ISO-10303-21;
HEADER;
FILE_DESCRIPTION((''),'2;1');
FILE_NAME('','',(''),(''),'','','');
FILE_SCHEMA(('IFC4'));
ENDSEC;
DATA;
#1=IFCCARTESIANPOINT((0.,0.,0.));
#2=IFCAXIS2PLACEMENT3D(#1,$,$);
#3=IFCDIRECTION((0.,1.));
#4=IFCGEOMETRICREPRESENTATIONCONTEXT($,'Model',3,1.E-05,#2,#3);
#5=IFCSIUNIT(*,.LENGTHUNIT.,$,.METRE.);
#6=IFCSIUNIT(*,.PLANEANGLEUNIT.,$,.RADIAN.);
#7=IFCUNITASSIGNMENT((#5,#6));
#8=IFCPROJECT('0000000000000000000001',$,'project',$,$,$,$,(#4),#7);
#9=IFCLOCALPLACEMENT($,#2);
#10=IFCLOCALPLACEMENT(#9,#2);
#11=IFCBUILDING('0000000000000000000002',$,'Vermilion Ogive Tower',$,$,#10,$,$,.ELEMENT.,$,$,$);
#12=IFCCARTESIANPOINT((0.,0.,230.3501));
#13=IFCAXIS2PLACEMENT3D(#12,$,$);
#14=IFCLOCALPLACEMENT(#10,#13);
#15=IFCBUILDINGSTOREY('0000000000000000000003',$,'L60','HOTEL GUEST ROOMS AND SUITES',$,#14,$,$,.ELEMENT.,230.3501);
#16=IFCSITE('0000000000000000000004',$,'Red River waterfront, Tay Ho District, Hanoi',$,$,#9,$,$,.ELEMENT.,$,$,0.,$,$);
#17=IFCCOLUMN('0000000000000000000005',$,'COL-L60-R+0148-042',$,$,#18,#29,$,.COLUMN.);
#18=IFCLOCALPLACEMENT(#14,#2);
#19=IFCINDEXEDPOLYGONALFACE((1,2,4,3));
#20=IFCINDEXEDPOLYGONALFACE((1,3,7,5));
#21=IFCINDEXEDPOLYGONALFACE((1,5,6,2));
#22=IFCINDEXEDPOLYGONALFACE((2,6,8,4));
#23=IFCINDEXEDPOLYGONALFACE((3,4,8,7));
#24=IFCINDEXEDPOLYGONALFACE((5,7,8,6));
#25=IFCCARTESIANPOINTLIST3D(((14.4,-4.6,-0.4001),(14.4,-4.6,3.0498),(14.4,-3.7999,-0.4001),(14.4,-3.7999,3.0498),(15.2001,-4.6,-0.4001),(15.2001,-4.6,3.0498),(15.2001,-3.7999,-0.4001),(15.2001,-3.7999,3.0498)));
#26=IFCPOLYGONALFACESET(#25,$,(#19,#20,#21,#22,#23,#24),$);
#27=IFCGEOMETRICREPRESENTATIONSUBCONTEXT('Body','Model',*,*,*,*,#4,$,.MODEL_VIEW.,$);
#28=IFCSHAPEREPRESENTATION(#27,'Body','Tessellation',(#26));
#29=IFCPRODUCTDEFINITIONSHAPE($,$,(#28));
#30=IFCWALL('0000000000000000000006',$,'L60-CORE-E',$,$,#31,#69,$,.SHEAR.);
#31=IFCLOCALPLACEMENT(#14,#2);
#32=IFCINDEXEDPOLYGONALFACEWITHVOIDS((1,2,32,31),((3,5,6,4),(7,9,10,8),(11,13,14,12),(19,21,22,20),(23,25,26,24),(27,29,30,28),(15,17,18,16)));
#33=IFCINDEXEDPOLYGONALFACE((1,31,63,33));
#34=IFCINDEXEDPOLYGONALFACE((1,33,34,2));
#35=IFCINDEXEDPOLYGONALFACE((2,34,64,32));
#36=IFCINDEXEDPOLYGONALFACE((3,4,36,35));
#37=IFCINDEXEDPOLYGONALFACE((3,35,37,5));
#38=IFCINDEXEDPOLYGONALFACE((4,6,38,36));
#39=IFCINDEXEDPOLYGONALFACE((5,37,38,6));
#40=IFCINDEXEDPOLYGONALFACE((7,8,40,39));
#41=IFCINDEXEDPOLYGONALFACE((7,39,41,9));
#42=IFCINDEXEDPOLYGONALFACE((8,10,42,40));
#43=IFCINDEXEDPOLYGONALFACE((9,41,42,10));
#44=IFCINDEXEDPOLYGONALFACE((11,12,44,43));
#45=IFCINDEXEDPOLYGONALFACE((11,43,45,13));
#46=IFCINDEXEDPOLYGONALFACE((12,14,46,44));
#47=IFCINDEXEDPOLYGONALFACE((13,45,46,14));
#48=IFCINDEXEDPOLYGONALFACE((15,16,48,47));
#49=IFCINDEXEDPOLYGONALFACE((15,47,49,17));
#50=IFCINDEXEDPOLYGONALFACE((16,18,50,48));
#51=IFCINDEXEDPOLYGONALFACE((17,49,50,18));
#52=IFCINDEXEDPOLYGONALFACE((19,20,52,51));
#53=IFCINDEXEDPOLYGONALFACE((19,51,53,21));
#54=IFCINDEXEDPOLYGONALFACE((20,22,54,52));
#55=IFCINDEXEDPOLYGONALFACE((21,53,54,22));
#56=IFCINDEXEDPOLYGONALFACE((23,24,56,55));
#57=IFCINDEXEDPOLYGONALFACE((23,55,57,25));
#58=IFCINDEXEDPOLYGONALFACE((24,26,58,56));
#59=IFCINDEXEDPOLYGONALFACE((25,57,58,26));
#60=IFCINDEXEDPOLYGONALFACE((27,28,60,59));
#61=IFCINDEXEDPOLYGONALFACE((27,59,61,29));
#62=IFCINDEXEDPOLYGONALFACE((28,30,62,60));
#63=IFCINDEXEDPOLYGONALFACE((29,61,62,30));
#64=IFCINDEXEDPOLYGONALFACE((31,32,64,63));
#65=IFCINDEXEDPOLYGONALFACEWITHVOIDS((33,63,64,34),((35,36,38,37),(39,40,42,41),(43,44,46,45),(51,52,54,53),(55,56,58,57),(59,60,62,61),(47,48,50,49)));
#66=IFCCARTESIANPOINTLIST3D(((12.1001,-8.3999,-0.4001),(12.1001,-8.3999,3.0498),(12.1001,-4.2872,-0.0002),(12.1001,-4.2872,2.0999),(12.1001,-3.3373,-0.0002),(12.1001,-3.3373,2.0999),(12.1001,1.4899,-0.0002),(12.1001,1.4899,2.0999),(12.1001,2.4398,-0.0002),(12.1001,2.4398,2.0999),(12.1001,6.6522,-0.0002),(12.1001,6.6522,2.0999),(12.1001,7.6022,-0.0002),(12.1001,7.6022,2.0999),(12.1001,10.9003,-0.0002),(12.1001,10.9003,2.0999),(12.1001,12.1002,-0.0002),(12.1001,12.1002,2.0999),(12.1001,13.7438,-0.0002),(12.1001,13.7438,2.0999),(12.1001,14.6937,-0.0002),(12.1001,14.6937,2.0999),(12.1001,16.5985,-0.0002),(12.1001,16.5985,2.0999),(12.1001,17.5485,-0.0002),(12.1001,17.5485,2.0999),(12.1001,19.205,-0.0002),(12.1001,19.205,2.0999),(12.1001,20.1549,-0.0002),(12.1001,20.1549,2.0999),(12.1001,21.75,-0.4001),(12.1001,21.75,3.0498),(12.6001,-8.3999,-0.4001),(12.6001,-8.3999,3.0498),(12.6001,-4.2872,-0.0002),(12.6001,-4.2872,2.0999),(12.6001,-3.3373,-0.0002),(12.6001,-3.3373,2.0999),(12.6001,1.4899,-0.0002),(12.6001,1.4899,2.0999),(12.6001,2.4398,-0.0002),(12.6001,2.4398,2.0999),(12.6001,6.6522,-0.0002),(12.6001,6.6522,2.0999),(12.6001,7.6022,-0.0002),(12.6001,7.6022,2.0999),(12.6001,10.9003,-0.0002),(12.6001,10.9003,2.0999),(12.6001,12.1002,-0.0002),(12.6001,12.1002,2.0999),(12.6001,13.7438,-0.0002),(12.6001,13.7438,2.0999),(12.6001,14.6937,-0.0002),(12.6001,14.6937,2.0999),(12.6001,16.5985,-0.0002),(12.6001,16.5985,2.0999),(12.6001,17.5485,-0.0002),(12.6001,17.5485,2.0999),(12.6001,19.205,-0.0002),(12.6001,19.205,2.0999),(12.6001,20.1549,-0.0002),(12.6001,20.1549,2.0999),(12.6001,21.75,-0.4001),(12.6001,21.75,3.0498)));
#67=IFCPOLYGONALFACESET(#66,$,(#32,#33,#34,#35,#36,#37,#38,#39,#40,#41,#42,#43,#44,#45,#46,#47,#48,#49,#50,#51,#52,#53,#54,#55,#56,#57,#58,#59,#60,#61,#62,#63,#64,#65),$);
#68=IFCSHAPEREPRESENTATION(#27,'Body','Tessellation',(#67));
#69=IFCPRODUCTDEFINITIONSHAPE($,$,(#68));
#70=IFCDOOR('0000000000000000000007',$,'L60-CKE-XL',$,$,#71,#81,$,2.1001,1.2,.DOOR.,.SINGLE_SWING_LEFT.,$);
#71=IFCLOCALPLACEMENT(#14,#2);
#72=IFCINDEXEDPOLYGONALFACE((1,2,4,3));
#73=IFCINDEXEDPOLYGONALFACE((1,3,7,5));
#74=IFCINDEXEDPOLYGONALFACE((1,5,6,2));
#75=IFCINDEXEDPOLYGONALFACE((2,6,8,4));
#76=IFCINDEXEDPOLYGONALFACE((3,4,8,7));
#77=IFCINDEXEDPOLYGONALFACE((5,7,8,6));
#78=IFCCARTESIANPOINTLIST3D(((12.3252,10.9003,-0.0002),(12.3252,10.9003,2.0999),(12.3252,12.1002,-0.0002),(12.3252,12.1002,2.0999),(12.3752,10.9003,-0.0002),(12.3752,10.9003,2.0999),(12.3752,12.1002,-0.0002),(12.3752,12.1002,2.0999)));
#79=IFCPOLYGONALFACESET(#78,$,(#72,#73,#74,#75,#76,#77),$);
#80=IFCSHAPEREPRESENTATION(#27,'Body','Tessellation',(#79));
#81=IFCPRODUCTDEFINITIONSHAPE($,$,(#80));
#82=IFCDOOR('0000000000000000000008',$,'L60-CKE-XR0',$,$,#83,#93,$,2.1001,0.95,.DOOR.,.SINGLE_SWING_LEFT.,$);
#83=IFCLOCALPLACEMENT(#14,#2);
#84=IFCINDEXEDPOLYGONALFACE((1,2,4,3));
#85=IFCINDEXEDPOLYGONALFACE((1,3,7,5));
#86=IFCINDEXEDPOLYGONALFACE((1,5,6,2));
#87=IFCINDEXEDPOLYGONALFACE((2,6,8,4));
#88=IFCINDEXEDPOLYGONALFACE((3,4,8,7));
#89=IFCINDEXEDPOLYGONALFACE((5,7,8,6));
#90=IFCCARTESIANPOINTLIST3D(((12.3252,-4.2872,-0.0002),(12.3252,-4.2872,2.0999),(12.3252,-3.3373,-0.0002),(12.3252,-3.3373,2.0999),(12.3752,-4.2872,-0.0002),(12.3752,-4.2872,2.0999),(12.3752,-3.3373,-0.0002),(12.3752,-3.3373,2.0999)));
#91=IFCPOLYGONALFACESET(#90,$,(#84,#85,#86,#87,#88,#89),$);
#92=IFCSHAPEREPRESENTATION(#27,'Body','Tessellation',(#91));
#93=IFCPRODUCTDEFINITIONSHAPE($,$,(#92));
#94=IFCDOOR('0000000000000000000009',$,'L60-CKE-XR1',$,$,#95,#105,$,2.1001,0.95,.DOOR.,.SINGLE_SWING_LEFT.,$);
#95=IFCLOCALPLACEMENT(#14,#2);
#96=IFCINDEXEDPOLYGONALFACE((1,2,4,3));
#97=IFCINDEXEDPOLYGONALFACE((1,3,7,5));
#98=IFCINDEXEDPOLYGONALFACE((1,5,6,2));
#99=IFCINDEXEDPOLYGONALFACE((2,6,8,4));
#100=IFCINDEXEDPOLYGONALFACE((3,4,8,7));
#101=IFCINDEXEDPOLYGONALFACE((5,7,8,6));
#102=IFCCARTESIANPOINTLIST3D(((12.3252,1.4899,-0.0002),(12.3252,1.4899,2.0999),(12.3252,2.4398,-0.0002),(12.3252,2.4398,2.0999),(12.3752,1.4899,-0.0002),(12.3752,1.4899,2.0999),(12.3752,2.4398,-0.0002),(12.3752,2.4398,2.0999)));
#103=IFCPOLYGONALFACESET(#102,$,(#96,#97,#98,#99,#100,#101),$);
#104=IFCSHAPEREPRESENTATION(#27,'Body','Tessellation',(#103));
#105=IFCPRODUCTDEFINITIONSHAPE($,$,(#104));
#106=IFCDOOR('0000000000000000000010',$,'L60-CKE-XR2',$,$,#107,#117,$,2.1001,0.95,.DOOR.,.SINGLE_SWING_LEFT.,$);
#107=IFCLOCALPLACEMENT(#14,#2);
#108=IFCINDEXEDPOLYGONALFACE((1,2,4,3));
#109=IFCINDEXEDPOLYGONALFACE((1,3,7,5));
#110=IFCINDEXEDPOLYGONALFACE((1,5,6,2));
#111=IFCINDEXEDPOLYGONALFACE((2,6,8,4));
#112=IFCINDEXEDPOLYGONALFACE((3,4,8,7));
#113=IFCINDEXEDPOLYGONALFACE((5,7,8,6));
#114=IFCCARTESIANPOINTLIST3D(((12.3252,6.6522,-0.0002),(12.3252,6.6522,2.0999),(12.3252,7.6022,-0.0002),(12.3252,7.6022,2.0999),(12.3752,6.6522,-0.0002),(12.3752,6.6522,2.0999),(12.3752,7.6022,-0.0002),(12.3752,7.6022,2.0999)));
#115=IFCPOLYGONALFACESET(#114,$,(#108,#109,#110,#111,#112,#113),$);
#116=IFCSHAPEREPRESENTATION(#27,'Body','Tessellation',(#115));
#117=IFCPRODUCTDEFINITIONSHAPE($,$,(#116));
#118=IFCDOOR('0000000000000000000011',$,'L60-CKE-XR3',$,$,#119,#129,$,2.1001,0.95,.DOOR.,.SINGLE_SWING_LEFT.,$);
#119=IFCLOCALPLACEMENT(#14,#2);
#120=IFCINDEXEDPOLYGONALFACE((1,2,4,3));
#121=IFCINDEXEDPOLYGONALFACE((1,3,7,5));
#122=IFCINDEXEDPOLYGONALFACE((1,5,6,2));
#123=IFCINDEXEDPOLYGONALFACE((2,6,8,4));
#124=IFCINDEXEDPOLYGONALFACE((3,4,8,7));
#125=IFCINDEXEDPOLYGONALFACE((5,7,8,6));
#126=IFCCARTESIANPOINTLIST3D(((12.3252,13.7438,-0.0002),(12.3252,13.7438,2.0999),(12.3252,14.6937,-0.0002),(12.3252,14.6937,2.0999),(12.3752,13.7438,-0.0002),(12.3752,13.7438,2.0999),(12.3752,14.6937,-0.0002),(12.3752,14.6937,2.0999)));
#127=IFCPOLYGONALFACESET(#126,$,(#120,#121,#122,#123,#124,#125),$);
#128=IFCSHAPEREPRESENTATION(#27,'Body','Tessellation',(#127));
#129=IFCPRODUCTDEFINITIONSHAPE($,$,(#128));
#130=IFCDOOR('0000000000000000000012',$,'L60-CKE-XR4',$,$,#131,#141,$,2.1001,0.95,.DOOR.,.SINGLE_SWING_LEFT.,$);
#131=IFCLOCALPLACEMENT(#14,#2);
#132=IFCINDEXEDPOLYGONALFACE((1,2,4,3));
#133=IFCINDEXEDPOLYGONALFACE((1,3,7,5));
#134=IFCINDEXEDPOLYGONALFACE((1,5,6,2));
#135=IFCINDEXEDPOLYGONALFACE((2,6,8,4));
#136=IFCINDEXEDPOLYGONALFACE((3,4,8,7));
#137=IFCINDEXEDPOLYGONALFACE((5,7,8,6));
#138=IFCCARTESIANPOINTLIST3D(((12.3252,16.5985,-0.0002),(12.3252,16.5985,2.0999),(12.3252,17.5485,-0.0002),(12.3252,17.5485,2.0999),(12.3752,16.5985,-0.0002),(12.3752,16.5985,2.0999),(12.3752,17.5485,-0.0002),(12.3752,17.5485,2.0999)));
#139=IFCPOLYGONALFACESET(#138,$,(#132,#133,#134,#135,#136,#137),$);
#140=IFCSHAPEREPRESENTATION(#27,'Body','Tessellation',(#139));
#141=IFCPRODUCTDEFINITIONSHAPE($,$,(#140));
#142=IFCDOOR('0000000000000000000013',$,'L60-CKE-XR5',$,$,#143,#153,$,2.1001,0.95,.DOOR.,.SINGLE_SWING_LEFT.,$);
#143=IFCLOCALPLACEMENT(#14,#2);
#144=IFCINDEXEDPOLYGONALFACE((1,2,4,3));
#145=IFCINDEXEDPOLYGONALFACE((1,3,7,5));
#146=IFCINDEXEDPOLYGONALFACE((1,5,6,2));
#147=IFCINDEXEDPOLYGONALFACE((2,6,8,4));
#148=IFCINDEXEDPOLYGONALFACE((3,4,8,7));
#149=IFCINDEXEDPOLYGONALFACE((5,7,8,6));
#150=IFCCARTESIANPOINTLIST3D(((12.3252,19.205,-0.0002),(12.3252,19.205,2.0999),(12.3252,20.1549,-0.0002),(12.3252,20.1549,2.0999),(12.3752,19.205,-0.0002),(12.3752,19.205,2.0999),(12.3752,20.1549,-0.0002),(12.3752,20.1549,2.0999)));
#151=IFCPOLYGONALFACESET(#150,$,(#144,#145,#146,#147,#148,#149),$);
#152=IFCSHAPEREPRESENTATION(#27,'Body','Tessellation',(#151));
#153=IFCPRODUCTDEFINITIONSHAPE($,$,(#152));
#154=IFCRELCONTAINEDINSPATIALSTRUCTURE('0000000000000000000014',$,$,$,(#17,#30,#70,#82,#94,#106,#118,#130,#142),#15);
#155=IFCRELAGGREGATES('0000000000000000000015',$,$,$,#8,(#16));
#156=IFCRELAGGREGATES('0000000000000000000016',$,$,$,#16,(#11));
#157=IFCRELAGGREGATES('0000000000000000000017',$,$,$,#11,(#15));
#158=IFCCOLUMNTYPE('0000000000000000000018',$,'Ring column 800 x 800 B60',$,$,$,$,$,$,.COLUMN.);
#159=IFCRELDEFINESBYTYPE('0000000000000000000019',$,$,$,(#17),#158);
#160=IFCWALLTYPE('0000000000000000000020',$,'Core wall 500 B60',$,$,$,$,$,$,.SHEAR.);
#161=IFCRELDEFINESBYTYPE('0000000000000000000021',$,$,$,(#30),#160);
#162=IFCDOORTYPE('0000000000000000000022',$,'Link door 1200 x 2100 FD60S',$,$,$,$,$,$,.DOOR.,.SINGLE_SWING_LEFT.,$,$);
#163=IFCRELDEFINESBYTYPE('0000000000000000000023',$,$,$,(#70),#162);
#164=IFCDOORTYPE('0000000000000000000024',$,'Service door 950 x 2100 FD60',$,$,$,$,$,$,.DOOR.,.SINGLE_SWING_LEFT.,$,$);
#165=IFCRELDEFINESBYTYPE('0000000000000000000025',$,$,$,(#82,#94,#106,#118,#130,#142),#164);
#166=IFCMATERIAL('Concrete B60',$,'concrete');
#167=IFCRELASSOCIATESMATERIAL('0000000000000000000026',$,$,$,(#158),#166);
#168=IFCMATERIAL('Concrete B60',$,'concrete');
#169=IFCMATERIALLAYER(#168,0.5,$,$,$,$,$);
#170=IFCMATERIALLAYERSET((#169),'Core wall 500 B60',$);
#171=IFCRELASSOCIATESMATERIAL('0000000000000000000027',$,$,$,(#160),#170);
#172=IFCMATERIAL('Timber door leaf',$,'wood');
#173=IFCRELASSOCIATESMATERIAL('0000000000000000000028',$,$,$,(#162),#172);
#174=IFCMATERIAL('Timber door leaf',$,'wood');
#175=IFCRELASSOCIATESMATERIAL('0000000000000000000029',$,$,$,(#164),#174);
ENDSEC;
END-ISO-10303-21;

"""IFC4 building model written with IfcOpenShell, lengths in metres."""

from ifc_helpers import new_model, si_unit, direction, frame, frame_2d, origin, origin_2d, place, context, subcontext, project, spatial, rectangle, extrude, material, layer, layer_set, material_profile, profile_set, type_object, element, fill, save


model = new_model("IFC4")

# Units and contexts
model_context = context("Model", 3, precision=1e-05, world=origin(), true_north=direction((0.0, 1.0)))
body_context = subcontext(model_context, "Body", "Model", "MODEL_VIEW")
ifc_project = project(units=[si_unit("LENGTHUNIT", "METRE"), si_unit("PLANEANGLEUNIT", "RADIAN")], contexts=[model_context])

# Site, building, storey
site_placement = place(None, origin())
site = spatial("IfcSite", under=ifc_project, at=site_placement, Name="Red River waterfront, Tay Ho District, Hanoi", CompositionType="ELEMENT", RefElevation=0.0)
building_placement = place(site_placement, origin())
building = spatial("IfcBuilding", under=site, at=building_placement, Name="Vermilion Ogive Tower", CompositionType="ELEMENT")
storey_placement = place(building_placement, frame((0.0, 0.0, 230.3501)))
storey = spatial("IfcBuildingStorey", under=building, at=storey_placement, Name="L60", Description="HOTEL GUEST ROOMS AND SUITES", CompositionType="ELEMENT", Elevation=230.3501)

# Column
ifc_material_1 = material(Name="Concrete B60", Category="concrete")
ifc_material_profile = material_profile(ifc_material_1, rectangle(XDim=0.8, YDim=0.8, at=origin_2d()), Name="800 x 800")
ifc_profile_set = profile_set([ifc_material_profile], Name="Concrete B60")
column_type = type_object("IfcColumnType", Name="Ring column 800 x 800 B60", PredefinedType="COLUMN", material=ifc_profile_set)
column_placement = place(storey_placement, frame((14.8, -4.2, -0.4001), z_axis=(0.0, 0.0, 1.0), x_axis=(1.0, 0.0, 0.0)))
element("IfcColumn", 1, at=column_placement, inside=storey, type_object=column_type, Name="COL-L60-R+0148-042", PredefinedType="COLUMN", context=body_context, shape_type="SweptSolid", body=[
    extrude(rectangle(XDim=0.8, YDim=0.8, at=origin_2d()), origin(), (0.0, 0.0, 1.0), 3.45),
])

# Wall, openings, doors
ifc_material_2 = material(Name="Concrete B60", Category="concrete")
ifc_layer_1 = layer(ifc_material_2, 0.5)
ifc_layer_set_1 = layer_set([ifc_layer_1], Name="Core wall 500 B60")
wall_type_1 = type_object("IfcWallType", Name="Core wall 500 B60", PredefinedType="SHEAR", material=ifc_layer_set_1)
wall_1_placement = place(storey_placement, frame((12.3501, -8.3999, -0.4001), z_axis=(0.0, 0.0, 1.0), x_axis=(0.0, 1.0, 0.0)))
wall_1 = element("IfcWall", 2, at=wall_1_placement, inside=storey, type_object=wall_type_1, Name="L60-CORE-E", PredefinedType="SHEAR", context=body_context, shape_type="SweptSolid", body=[
    extrude(rectangle(XDim=30.1499, YDim=0.5, at=frame_2d((15.075, 0.0))), origin(), (0.0, 0.0, 1.0), 3.45),
])
opening_1_placement = place(wall_1_placement, frame((4.1125, 0.0, 0.3999)))
opening_1 = element("IfcOpeningElement", 3, at=opening_1_placement, cuts=wall_1, PredefinedType="OPENING", context=body_context, shape_type="SweptSolid", body=[
    extrude(rectangle(XDim=0.95, YDim=2.1001, at=frame_2d((0.4751, 1.05))), frame((0.0, 0.26, 0.0), z_axis=(0.0, -1.0, 0.0), x_axis=(1.0, 0.0, 0.0)), (0.0, 0.0, 1.0), 0.52),
])
opening_2_placement = place(wall_1_placement, frame((9.8896, 0.0, 0.3999)))
opening_2 = element("IfcOpeningElement", 4, at=opening_2_placement, cuts=wall_1, PredefinedType="OPENING", context=body_context, shape_type="SweptSolid", body=[
    extrude(rectangle(XDim=0.95, YDim=2.1001, at=frame_2d((0.4751, 1.05))), frame((0.0, 0.26, 0.0), z_axis=(0.0, -1.0, 0.0), x_axis=(1.0, 0.0, 0.0)), (0.0, 0.0, 1.0), 0.52),
])
opening_3_placement = place(wall_1_placement, frame((15.052, 0.0, 0.3999)))
opening_3 = element("IfcOpeningElement", 5, at=opening_3_placement, cuts=wall_1, PredefinedType="OPENING", context=body_context, shape_type="SweptSolid", body=[
    extrude(rectangle(XDim=0.95, YDim=2.1001, at=frame_2d((0.4751, 1.05))), frame((0.0, 0.26, 0.0), z_axis=(0.0, -1.0, 0.0), x_axis=(1.0, 0.0, 0.0)), (0.0, 0.0, 1.0), 0.52),
])
opening_4_placement = place(wall_1_placement, frame((22.1436, 0.0, 0.3999)))
opening_4 = element("IfcOpeningElement", 6, at=opening_4_placement, cuts=wall_1, PredefinedType="OPENING", context=body_context, shape_type="SweptSolid", body=[
    extrude(rectangle(XDim=0.95, YDim=2.1001, at=frame_2d((0.4751, 1.05))), frame((0.0, 0.26, 0.0), z_axis=(0.0, -1.0, 0.0), x_axis=(1.0, 0.0, 0.0)), (0.0, 0.0, 1.0), 0.52),
])
opening_5_placement = place(wall_1_placement, frame((24.9983, 0.0, 0.3999)))
opening_5 = element("IfcOpeningElement", 7, at=opening_5_placement, cuts=wall_1, PredefinedType="OPENING", context=body_context, shape_type="SweptSolid", body=[
    extrude(rectangle(XDim=0.95, YDim=2.1001, at=frame_2d((0.4751, 1.05))), frame((0.0, 0.26, 0.0), z_axis=(0.0, -1.0, 0.0), x_axis=(1.0, 0.0, 0.0)), (0.0, 0.0, 1.0), 0.52),
])
opening_6_placement = place(wall_1_placement, frame((27.6047, 0.0, 0.3999)))
opening_6 = element("IfcOpeningElement", 8, at=opening_6_placement, cuts=wall_1, PredefinedType="OPENING", context=body_context, shape_type="SweptSolid", body=[
    extrude(rectangle(XDim=0.95, YDim=2.1001, at=frame_2d((0.4751, 1.05))), frame((0.0, 0.26, 0.0), z_axis=(0.0, -1.0, 0.0), x_axis=(1.0, 0.0, 0.0)), (0.0, 0.0, 1.0), 0.52),
])
opening_7_placement = place(wall_1_placement, frame((19.3, 0.0, 0.3999)))
opening_7 = element("IfcOpeningElement", 9, at=opening_7_placement, cuts=wall_1, PredefinedType="OPENING", context=body_context, shape_type="SweptSolid", body=[
    extrude(rectangle(XDim=1.2, YDim=2.1001, at=frame_2d((0.6001, 1.05))), frame((0.0, 0.26, 0.0), z_axis=(0.0, -1.0, 0.0), x_axis=(1.0, 0.0, 0.0)), (0.0, 0.0, 1.0), 0.52),
])
ifc_material_3 = material(Name="Timber door leaf", Category="wood")
door_type_1 = type_object("IfcDoorType", Name="Link door 1200 x 2100 FD60S", OperationType="SINGLE_SWING_LEFT", PredefinedType="DOOR", material=ifc_material_3)
door_1_placement = place(opening_7_placement, origin())
door_1 = element("IfcDoor", 10, at=door_1_placement, inside=storey, type_object=door_type_1, Name="L60-CKE-XL", OperationType="SINGLE_SWING_LEFT", OverallHeight=2.1001, OverallWidth=1.2, PredefinedType="DOOR", context=body_context, shape_type="SweptSolid", body=[
    extrude(rectangle(XDim=1.2, YDim=2.1001, at=frame_2d((0.6001, 1.05))), frame((0.0, 0.0249, 0.0), z_axis=(0.0, -1.0, 0.0), x_axis=(1.0, 0.0, 0.0)), (0.0, 0.0, 1.0), 0.05),
])
fill(opening_7, door_1)
ifc_material_4 = material(Name="Timber door leaf", Category="wood")
door_type_2 = type_object("IfcDoorType", Name="Service door 950 x 2100 FD60", OperationType="SINGLE_SWING_LEFT", PredefinedType="DOOR", material=ifc_material_4)
door_2_placement = place(opening_1_placement, origin())
door_2 = element("IfcDoor", 11, at=door_2_placement, inside=storey, type_object=door_type_2, Name="L60-CKE-XR0", OperationType="SINGLE_SWING_LEFT", OverallHeight=2.1001, OverallWidth=0.95, PredefinedType="DOOR", context=body_context, shape_type="SweptSolid", body=[
    extrude(rectangle(XDim=0.95, YDim=2.1001, at=frame_2d((0.4751, 1.05))), frame((0.0, 0.0249, 0.0), z_axis=(0.0, -1.0, 0.0), x_axis=(1.0, 0.0, 0.0)), (0.0, 0.0, 1.0), 0.05),
])
fill(opening_1, door_2)
door_3_placement = place(opening_2_placement, origin())
door_3 = element("IfcDoor", 12, at=door_3_placement, inside=storey, type_object=door_type_2, Name="L60-CKE-XR1", OperationType="SINGLE_SWING_LEFT", OverallHeight=2.1001, OverallWidth=0.95, PredefinedType="DOOR", context=body_context, shape_type="SweptSolid", body=[
    extrude(rectangle(XDim=0.95, YDim=2.1001, at=frame_2d((0.4751, 1.05))), frame((0.0, 0.0249, 0.0), z_axis=(0.0, -1.0, 0.0), x_axis=(1.0, 0.0, 0.0)), (0.0, 0.0, 1.0), 0.05),
])
fill(opening_2, door_3)
door_4_placement = place(opening_3_placement, origin())
door_4 = element("IfcDoor", 13, at=door_4_placement, inside=storey, type_object=door_type_2, Name="L60-CKE-XR2", OperationType="SINGLE_SWING_LEFT", OverallHeight=2.1001, OverallWidth=0.95, PredefinedType="DOOR", context=body_context, shape_type="SweptSolid", body=[
    extrude(rectangle(XDim=0.95, YDim=2.1001, at=frame_2d((0.4751, 1.05))), frame((0.0, 0.0249, 0.0), z_axis=(0.0, -1.0, 0.0), x_axis=(1.0, 0.0, 0.0)), (0.0, 0.0, 1.0), 0.05),
])
fill(opening_3, door_4)
door_5_placement = place(opening_4_placement, origin())
door_5 = element("IfcDoor", 14, at=door_5_placement, inside=storey, type_object=door_type_2, Name="L60-CKE-XR3", OperationType="SINGLE_SWING_LEFT", OverallHeight=2.1001, OverallWidth=0.95, PredefinedType="DOOR", context=body_context, shape_type="SweptSolid", body=[
    extrude(rectangle(XDim=0.95, YDim=2.1001, at=frame_2d((0.4751, 1.05))), frame((0.0, 0.0249, 0.0), z_axis=(0.0, -1.0, 0.0), x_axis=(1.0, 0.0, 0.0)), (0.0, 0.0, 1.0), 0.05),
])
fill(opening_4, door_5)
door_6_placement = place(opening_5_placement, origin())
door_6 = element("IfcDoor", 15, at=door_6_placement, inside=storey, type_object=door_type_2, Name="L60-CKE-XR4", OperationType="SINGLE_SWING_LEFT", OverallHeight=2.1001, OverallWidth=0.95, PredefinedType="DOOR", context=body_context, shape_type="SweptSolid", body=[
    extrude(rectangle(XDim=0.95, YDim=2.1001, at=frame_2d((0.4751, 1.05))), frame((0.0, 0.0249, 0.0), z_axis=(0.0, -1.0, 0.0), x_axis=(1.0, 0.0, 0.0)), (0.0, 0.0, 1.0), 0.05),
])
fill(opening_5, door_6)
door_7_placement = place(opening_6_placement, origin())
door_7 = element("IfcDoor", 16, at=door_7_placement, inside=storey, type_object=door_type_2, Name="L60-CKE-XR5", OperationType="SINGLE_SWING_LEFT", OverallHeight=2.1001, OverallWidth=0.95, PredefinedType="DOOR", context=body_context, shape_type="SweptSolid", body=[
    extrude(rectangle(XDim=0.95, YDim=2.1001, at=frame_2d((0.4751, 1.05))), frame((0.0, 0.0249, 0.0), z_axis=(0.0, -1.0, 0.0), x_axis=(1.0, 0.0, 0.0)), (0.0, 0.0, 1.0), 0.05),
])
fill(opening_6, door_7)

save(model, "model.ifc")
